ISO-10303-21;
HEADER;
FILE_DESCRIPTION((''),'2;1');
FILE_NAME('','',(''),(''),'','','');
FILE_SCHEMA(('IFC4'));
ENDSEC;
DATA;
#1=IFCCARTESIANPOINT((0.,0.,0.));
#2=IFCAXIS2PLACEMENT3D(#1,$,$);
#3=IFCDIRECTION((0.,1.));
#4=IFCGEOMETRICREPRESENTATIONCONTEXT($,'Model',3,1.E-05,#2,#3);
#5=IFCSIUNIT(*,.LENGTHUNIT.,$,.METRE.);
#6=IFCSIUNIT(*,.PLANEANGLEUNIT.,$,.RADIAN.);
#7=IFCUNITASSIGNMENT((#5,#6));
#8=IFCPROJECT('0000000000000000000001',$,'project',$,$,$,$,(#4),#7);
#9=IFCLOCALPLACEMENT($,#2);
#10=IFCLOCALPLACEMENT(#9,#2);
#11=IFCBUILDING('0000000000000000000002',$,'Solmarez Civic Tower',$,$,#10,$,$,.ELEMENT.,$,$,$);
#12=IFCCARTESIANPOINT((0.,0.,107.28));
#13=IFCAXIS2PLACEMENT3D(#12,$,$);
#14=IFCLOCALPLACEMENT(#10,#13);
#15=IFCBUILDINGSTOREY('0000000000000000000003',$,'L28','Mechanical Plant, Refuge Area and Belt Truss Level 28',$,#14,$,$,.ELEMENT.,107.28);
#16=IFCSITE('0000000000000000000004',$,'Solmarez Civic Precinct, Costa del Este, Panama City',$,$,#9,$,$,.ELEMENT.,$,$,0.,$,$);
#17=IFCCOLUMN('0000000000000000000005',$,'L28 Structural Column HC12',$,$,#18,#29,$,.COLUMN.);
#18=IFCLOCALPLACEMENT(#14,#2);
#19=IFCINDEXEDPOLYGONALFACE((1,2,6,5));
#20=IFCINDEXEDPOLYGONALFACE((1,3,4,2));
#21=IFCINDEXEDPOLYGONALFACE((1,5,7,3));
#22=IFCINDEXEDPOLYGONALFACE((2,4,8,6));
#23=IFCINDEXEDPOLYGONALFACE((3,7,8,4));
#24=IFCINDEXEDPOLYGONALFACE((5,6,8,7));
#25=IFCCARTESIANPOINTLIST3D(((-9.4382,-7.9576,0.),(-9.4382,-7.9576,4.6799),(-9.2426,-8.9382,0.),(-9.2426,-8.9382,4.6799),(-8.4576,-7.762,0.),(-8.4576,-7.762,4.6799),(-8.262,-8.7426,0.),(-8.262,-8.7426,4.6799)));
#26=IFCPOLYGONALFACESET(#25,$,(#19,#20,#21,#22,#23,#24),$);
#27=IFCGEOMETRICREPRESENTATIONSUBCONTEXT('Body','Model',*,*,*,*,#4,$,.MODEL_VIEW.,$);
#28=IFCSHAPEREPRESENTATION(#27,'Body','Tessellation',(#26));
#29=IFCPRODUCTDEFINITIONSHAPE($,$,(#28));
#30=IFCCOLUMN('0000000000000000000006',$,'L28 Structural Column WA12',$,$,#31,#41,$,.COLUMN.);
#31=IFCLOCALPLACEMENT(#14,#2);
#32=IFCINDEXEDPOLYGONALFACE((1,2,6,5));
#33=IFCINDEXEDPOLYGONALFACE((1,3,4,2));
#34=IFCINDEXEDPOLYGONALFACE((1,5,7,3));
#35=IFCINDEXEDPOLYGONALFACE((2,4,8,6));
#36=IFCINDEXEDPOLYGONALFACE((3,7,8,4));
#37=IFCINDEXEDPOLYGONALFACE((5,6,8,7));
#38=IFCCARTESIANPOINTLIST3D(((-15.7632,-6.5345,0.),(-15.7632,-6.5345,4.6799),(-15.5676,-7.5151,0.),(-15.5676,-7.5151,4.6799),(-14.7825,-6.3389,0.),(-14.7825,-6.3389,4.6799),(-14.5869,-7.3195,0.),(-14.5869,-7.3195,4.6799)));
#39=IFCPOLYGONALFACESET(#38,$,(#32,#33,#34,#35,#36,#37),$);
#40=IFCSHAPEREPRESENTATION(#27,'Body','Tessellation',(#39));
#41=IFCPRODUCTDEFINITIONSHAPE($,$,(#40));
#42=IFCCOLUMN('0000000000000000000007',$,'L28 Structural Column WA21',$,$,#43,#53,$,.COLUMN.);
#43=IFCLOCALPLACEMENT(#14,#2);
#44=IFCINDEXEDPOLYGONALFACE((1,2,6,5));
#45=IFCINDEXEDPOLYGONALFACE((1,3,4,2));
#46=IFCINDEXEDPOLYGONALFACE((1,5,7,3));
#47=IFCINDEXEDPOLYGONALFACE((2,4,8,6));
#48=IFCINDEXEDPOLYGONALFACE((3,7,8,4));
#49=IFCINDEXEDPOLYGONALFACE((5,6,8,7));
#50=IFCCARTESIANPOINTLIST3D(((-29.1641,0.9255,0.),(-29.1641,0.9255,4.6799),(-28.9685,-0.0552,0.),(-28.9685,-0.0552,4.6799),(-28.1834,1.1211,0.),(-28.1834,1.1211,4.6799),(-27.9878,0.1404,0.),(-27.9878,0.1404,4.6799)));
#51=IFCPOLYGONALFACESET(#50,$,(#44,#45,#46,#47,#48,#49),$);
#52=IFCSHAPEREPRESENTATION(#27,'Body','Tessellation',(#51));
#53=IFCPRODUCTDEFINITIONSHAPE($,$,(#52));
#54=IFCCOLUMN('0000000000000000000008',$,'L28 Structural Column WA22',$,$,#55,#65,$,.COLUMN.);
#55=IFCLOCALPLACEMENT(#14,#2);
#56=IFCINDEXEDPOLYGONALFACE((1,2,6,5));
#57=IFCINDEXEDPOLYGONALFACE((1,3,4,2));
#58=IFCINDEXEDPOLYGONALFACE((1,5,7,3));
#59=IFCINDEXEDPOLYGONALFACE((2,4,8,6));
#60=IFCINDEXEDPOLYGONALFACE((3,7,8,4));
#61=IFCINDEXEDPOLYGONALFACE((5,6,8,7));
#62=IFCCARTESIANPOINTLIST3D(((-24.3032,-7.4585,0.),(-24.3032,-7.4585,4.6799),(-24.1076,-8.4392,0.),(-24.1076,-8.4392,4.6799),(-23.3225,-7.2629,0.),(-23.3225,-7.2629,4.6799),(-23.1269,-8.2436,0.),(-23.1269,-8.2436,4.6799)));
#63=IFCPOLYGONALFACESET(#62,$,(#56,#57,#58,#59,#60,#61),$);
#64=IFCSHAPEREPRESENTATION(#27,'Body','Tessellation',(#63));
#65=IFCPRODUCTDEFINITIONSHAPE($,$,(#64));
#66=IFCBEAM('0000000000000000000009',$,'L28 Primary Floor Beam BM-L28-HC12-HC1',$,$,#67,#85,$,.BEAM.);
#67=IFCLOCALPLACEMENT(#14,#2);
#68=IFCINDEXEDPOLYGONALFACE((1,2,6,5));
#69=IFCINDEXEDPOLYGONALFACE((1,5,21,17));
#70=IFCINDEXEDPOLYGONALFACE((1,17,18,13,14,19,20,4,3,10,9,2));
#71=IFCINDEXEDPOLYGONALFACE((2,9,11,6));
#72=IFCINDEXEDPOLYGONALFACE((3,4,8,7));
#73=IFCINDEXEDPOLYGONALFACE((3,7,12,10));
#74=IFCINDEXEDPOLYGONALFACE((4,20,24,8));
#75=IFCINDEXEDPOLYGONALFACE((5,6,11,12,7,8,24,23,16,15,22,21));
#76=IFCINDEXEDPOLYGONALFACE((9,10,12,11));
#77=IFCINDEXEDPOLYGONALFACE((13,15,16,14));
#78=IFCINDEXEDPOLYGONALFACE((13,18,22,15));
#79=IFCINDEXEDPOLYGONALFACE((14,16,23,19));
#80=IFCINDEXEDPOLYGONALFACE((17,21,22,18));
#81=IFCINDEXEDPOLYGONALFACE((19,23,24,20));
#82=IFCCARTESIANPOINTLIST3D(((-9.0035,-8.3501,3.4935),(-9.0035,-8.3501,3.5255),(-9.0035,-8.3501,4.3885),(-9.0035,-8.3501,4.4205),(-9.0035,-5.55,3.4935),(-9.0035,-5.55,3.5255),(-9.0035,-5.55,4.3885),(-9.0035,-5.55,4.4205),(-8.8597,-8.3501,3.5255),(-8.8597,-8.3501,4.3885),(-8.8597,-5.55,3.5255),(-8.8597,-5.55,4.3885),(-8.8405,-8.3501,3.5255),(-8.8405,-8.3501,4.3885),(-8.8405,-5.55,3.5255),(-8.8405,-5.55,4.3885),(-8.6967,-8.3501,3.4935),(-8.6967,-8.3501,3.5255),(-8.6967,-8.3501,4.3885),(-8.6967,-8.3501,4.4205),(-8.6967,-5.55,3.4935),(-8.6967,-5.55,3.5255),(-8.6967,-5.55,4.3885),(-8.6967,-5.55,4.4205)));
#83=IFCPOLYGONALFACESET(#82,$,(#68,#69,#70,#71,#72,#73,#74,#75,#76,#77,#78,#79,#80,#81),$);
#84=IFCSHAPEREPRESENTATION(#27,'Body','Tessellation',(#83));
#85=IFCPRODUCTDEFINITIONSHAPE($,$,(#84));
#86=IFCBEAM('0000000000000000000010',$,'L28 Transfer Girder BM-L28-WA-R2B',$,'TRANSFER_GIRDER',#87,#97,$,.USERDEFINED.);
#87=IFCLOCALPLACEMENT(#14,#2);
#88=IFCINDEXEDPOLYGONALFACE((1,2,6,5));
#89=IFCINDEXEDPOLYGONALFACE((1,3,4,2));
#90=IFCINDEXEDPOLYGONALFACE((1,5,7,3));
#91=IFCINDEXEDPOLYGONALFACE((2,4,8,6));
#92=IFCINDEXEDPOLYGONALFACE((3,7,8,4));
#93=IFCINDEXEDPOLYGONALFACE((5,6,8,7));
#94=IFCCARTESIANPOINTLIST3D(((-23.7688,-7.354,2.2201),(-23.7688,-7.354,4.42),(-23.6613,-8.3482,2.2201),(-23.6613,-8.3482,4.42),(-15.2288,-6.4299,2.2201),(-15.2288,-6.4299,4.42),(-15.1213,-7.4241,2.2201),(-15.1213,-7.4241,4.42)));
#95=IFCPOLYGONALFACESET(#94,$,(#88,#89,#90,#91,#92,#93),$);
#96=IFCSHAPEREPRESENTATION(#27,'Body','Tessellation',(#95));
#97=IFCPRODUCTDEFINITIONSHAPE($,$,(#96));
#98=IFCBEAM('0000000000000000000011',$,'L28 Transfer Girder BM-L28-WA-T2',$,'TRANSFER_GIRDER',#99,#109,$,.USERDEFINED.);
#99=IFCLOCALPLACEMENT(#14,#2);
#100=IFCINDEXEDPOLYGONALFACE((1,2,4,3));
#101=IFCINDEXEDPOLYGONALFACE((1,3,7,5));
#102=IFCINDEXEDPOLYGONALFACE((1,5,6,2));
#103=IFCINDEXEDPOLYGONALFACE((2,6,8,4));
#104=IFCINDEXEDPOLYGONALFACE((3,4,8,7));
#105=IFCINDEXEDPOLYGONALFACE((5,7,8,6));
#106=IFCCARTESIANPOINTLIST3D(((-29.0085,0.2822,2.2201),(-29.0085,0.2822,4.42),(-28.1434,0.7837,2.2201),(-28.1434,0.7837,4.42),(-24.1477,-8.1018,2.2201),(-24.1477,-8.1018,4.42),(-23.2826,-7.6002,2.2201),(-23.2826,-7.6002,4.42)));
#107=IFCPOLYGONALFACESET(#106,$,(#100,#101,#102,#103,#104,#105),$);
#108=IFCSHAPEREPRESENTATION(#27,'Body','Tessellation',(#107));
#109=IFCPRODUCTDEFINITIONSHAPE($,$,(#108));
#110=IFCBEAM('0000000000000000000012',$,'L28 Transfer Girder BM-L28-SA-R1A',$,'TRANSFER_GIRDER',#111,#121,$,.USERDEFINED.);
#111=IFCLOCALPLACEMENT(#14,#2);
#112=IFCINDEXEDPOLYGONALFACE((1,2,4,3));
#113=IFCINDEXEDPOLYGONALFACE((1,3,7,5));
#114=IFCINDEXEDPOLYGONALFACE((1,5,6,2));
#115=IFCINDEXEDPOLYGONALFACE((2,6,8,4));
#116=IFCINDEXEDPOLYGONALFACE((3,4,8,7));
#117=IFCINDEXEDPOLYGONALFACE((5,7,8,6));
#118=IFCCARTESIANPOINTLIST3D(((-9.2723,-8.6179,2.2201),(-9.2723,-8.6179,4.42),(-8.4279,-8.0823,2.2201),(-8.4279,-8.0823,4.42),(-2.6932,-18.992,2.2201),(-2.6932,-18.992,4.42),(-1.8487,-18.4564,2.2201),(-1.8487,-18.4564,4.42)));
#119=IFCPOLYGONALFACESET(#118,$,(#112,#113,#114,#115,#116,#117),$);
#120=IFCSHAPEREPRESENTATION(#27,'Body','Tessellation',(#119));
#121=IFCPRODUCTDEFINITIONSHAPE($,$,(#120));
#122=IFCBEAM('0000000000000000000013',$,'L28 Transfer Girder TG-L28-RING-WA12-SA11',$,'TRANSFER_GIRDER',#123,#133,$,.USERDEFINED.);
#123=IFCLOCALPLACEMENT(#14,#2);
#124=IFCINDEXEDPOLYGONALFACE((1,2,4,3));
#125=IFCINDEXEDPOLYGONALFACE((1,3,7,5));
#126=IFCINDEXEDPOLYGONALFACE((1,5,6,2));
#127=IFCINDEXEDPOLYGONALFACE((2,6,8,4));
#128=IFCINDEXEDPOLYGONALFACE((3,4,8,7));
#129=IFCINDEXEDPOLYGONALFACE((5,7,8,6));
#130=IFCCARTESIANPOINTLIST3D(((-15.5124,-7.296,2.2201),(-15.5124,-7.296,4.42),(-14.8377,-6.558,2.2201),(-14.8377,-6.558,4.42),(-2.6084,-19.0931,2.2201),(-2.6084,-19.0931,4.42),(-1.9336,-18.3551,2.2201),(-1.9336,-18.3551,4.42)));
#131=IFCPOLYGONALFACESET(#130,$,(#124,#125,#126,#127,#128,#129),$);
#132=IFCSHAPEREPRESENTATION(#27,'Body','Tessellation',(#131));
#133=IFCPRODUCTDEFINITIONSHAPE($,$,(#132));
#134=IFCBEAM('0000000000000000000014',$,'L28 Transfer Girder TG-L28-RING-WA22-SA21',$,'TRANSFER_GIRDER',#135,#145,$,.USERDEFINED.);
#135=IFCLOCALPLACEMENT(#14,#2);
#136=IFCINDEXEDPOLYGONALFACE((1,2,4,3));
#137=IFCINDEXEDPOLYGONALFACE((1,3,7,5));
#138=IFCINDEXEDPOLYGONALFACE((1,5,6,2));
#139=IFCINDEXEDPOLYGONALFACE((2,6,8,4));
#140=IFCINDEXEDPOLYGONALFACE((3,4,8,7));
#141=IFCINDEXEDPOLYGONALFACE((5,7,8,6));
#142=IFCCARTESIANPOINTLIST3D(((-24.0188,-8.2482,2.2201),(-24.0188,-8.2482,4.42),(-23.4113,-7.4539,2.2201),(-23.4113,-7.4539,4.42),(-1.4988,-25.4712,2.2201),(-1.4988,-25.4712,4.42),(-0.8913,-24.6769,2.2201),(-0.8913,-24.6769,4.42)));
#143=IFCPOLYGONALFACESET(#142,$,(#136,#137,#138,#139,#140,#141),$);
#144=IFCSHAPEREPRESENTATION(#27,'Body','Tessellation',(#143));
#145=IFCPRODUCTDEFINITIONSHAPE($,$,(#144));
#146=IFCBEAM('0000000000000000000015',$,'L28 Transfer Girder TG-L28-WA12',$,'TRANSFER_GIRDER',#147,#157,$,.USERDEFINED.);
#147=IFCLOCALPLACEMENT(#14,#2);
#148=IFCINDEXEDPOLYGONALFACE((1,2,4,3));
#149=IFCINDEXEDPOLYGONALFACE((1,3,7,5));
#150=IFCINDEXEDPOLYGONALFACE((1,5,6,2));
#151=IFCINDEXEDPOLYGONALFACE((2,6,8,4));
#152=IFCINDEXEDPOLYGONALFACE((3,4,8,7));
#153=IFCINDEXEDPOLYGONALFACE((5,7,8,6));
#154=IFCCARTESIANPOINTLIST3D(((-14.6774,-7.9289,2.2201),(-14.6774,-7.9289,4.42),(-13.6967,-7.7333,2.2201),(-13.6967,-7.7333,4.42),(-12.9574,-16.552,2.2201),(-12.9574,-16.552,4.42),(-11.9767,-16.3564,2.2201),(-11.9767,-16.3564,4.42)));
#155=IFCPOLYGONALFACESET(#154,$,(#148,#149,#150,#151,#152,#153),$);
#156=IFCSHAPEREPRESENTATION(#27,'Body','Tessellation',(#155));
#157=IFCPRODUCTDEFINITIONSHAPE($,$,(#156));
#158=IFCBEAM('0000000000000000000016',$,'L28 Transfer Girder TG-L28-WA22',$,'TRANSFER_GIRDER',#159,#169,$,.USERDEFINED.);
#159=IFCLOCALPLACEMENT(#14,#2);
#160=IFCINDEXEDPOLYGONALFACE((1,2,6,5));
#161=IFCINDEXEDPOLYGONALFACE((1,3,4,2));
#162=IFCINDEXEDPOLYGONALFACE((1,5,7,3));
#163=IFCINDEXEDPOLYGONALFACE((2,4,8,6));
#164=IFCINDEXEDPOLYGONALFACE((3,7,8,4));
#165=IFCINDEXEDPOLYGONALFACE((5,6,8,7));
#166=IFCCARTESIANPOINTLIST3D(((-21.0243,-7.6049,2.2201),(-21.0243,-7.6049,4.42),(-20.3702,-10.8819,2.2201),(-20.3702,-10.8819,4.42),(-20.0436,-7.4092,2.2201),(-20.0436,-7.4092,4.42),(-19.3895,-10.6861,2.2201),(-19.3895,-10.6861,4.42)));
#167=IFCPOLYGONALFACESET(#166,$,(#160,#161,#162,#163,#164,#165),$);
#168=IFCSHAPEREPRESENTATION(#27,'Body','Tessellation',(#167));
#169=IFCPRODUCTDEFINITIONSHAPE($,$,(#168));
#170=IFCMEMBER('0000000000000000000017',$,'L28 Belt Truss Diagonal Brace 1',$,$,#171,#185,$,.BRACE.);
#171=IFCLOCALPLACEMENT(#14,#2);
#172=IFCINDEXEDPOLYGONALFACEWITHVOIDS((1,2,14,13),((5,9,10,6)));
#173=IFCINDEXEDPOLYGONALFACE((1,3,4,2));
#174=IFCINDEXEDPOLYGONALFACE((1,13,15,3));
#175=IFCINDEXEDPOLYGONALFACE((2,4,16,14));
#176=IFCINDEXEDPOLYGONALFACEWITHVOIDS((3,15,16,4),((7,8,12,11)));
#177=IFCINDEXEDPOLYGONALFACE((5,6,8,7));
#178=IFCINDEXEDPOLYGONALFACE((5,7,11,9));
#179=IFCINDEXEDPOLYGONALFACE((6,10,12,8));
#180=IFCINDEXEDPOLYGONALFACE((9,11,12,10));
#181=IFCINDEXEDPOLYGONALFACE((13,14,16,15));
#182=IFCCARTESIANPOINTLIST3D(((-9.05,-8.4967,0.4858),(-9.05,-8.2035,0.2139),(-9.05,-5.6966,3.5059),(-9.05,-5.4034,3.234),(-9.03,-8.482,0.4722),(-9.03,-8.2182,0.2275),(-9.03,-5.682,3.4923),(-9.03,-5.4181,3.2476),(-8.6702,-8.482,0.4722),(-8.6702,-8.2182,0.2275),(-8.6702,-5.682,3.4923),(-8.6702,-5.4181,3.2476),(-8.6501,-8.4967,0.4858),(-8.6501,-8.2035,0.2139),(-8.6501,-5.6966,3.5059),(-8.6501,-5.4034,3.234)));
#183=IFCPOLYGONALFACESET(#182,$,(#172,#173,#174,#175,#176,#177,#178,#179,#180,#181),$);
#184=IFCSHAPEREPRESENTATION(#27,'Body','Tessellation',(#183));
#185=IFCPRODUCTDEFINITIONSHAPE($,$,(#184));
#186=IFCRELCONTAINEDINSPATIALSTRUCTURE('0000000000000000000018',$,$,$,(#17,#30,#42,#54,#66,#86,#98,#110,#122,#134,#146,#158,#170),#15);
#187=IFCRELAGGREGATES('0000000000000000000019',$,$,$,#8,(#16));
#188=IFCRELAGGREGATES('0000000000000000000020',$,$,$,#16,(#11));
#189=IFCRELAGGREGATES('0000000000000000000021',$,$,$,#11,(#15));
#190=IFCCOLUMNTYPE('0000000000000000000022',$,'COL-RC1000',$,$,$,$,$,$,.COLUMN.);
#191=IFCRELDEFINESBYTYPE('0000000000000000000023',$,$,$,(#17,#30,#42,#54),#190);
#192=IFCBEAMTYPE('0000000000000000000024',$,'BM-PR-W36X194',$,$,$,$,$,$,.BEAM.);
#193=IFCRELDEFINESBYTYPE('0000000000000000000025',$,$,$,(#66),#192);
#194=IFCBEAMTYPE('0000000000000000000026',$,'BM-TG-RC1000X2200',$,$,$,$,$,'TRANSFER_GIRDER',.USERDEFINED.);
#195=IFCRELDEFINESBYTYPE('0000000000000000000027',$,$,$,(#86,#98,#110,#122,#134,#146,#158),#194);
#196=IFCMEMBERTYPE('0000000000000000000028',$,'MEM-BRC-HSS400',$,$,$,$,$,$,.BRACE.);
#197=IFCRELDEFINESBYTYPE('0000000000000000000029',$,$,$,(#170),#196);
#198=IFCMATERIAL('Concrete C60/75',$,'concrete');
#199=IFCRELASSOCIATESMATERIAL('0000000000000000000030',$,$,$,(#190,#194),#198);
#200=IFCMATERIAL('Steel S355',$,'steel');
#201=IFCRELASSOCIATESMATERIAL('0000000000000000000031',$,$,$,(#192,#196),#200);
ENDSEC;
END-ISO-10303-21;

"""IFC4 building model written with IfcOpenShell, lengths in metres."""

from ifc_helpers import new_model, si_unit, direction, frame, origin, origin_2d, place, context, subcontext, project, spatial, rectangle, hollow_rectangle, i_section, extrude, material, material_profile, profile_set, type_object, element, save


model = new_model("IFC4")

# Units and contexts
model_context = context("Model", 3, precision=1e-05, world=origin(), true_north=direction((0.0, 1.0)))
body_context = subcontext(model_context, "Body", "Model", "MODEL_VIEW")
ifc_project = project(units=[si_unit("LENGTHUNIT", "METRE"), si_unit("PLANEANGLEUNIT", "RADIAN")], contexts=[model_context])

# Site, building, storey
site_placement = place(None, origin())
site = spatial("IfcSite", under=ifc_project, at=site_placement, Name="Solmarez Civic Precinct, Costa del Este, Panama City", CompositionType="ELEMENT", RefElevation=0.0)
building_placement = place(site_placement, origin())
building = spatial("IfcBuilding", under=site, at=building_placement, Name="Solmarez Civic Tower", CompositionType="ELEMENT")
storey_placement = place(building_placement, frame((0.0, 0.0, 107.28)))
storey = spatial("IfcBuildingStorey", under=building, at=storey_placement, Name="L28", Description="Mechanical Plant, Refuge Area and Belt Truss Level 28", CompositionType="ELEMENT", Elevation=107.28)

# Columns
ifc_material_1 = material(Name="Concrete C60/75", Category="concrete")
ifc_material_profile_1 = material_profile(ifc_material_1, rectangle(XDim=1.0, YDim=1.0, at=origin_2d()), Name="RC1000X1000")
ifc_profile_set_1 = profile_set([ifc_material_profile_1], Name="Concrete C60/75")
column_type = type_object("IfcColumnType", Name="COL-RC1000", PredefinedType="COLUMN", material=ifc_profile_set_1)
for number, where, z_axis, x_axis, name in (
    (1, (-8.8501, -8.3501, 0.0), (0.0, 0.0, 1.0), (0.980683, 0.195604, 0.0), "L28 Structural Column HC12"),
    (2, (-15.175, -6.927, 0.0), (0.0, 0.0, 1.0), (0.980683, 0.195604, 0.0), "L28 Structural Column WA12"),
    (3, (-28.5759, 0.533, 0.0), (0.0, 0.0, 1.0), (0.980683, 0.195604, 0.0), "L28 Structural Column WA21"),
    (4, (-23.7151, -7.8511, 0.0), (0.0, 0.0, 1.0), (0.980683, 0.195604, 0.0), "L28 Structural Column WA22"),
):
    element("IfcColumn", number, at=place(storey_placement, frame(where, z_axis=z_axis, x_axis=x_axis)), inside=storey, type_object=column_type, Name=name, PredefinedType="COLUMN", context=body_context, shape_type="SweptSolid", body=[
        extrude(rectangle(XDim=1.0, YDim=1.0, at=origin_2d()), origin(), (0.0, 0.0, 1.0), 4.6799),
    ])

# Beams
ifc_material_2 = material(Name="Steel S355", Category="steel")
ifc_material_profile_2 = material_profile(ifc_material_2, i_section(OverallWidth=0.3069, OverallDepth=0.927, WebThickness=0.0193, FlangeThickness=0.032, at=origin_2d()), Name="W36X194")
ifc_profile_set_2 = profile_set([ifc_material_profile_2], Name="Steel S355")
beam_type_1 = type_object("IfcBeamType", Name="BM-PR-W36X194", PredefinedType="BEAM", material=ifc_profile_set_2)
beam_1_placement = place(storey_placement, frame((-8.8501, -8.3501, 3.957), z_axis=(0.0, 1.0, 0.0), x_axis=(-1.0, 0.0, 0.0)))
element("IfcBeam", 5, at=beam_1_placement, inside=storey, type_object=beam_type_1, Name="L28 Primary Floor Beam BM-L28-HC12-HC1", PredefinedType="BEAM", context=body_context, shape_type="SweptSolid", body=[
    extrude(i_section(OverallWidth=0.3069, OverallDepth=0.927, WebThickness=0.0193, FlangeThickness=0.032, at=origin_2d()), origin(), (0.0, 0.0, 1.0), 2.8),
])
ifc_material_profile_3 = material_profile(ifc_material_1, rectangle(XDim=1.0, YDim=2.2, at=origin_2d()), Name="RC1000X2200")
ifc_profile_set_3 = profile_set([ifc_material_profile_3], Name="Concrete C60/75")
beam_type_2 = type_object("IfcBeamType", Name="BM-TG-RC1000X2200", ElementType="TRANSFER_GIRDER", PredefinedType="USERDEFINED", material=ifc_profile_set_3)
beam_2_placement = place(storey_placement, frame((-15.175, -6.927, 3.3201), z_axis=(-0.994197, -0.107577, 0.0), x_axis=(0.107577, -0.994197, 0.0)))
element("IfcBeam", 6, at=beam_2_placement, inside=storey, type_object=beam_type_2, Name="L28 Transfer Girder BM-L28-WA-R2B", ObjectType="TRANSFER_GIRDER", PredefinedType="USERDEFINED", context=body_context, shape_type="SweptSolid", body=[
    extrude(rectangle(XDim=1.0, YDim=2.2, at=origin_2d()), origin(), (0.0, 0.0, 1.0), 8.5898),
])
beam_3_placement = place(storey_placement, frame((-28.5759, 0.533, 3.3201), z_axis=(0.501571, -0.865116, 0.0), x_axis=(0.865116, 0.501571, 0.0)))
element("IfcBeam", 7, at=beam_3_placement, inside=storey, type_object=beam_type_2, Name="L28 Transfer Girder BM-L28-WA-T2", ObjectType="TRANSFER_GIRDER", PredefinedType="USERDEFINED", context=body_context, shape_type="SweptSolid", body=[
    extrude(rectangle(XDim=1.0, YDim=2.2, at=origin_2d()), origin(), (0.0, 0.0, 1.0), 9.6912),
])
beam_4_placement = place(storey_placement, frame((-8.8501, -8.3501, 3.3201), z_axis=(0.535568, -0.844492, 0.0), x_axis=(0.844492, 0.535568, 0.0)))
element("IfcBeam", 8, at=beam_4_placement, inside=storey, type_object=beam_type_2, Name="L28 Transfer Girder BM-L28-SA-R1A", ObjectType="TRANSFER_GIRDER", PredefinedType="USERDEFINED", context=body_context, shape_type="SweptSolid", body=[
    extrude(rectangle(XDim=1.0, YDim=2.2, at=origin_2d()), origin(), (0.0, 0.0, 1.0), 12.2844),
])
beam_5_placement = place(storey_placement, frame((-15.175, -6.927, 3.3201), z_axis=(0.738054, -0.674742, 0.0), x_axis=(0.674742, 0.738054, 0.0)))
element("IfcBeam", 9, at=beam_5_placement, inside=storey, type_object=beam_type_2, Name="L28 Transfer Girder TG-L28-RING-WA12-SA11", ObjectType="TRANSFER_GIRDER", PredefinedType="USERDEFINED", context=body_context, shape_type="SweptSolid", body=[
    extrude(rectangle(XDim=1.0, YDim=2.2, at=origin_2d()), origin(), (0.0, 0.0, 1.0), 17.4839),
])
beam_6_placement = place(storey_placement, frame((-23.7151, -7.8511, 3.3201), z_axis=(0.794329, -0.607488, 0.0), x_axis=(0.607488, 0.794329, 0.0)))
element("IfcBeam", 10, at=beam_6_placement, inside=storey, type_object=beam_type_2, Name="L28 Transfer Girder TG-L28-RING-WA22-SA21", ObjectType="TRANSFER_GIRDER", PredefinedType="USERDEFINED", context=body_context, shape_type="SweptSolid", body=[
    extrude(rectangle(XDim=1.0, YDim=2.2, at=origin_2d()), origin(), (0.0, 0.0, 1.0), 28.3511),
])
beam_7_placement = place(storey_placement, frame((-14.187, -7.8311, 3.3201), z_axis=(0.195609, -0.980682, 0.0), x_axis=(0.980682, 0.195609, 0.0)))
element("IfcBeam", 11, at=beam_7_placement, inside=storey, type_object=beam_type_2, Name="L28 Transfer Girder TG-L28-WA12", ObjectType="TRANSFER_GIRDER", PredefinedType="USERDEFINED", context=body_context, shape_type="SweptSolid", body=[
    extrude(rectangle(XDim=1.0, YDim=2.2, at=origin_2d()), origin(), (0.0, 0.0, 1.0), 8.793),
])
beam_8_placement = place(storey_placement, frame((-20.5339, -7.5071, 3.3201), z_axis=(0.195737, -0.980656, 0.0), x_axis=(0.980656, 0.195737, 0.0)))
element("IfcBeam", 12, at=beam_8_placement, inside=storey, type_object=beam_type_2, Name="L28 Transfer Girder TG-L28-WA22", ObjectType="TRANSFER_GIRDER", PredefinedType="USERDEFINED", context=body_context, shape_type="SweptSolid", body=[
    extrude(rectangle(XDim=1.0, YDim=2.2, at=origin_2d()), origin(), (0.0, 0.0, 1.0), 3.3416),
])

# Member
ifc_material_profile_4 = material_profile(ifc_material_2, hollow_rectangle(XDim=0.3999, YDim=0.3999, WallThickness=0.02, at=origin_2d()), Name="HSS400X400X20")
ifc_profile_set_4 = profile_set([ifc_material_profile_4], Name="Steel S355")
member_type_1 = type_object("IfcMemberType", Name="MEM-BRC-HSS400", PredefinedType="BRACE", material=ifc_profile_set_4)
member_1_placement = place(storey_placement, frame((-8.8501, -8.3501, 0.3499), z_axis=(0.0, 0.679896, 0.733308), x_axis=(-1.0, 0.0, 0.0)))
element("IfcMember", 13, at=member_1_placement, inside=storey, type_object=member_type_1, Name="L28 Belt Truss Diagonal Brace 1", PredefinedType="BRACE", context=body_context, shape_type="SweptSolid", body=[
    extrude(hollow_rectangle(XDim=0.3999, YDim=0.3999, WallThickness=0.02, at=origin_2d()), origin(), (0.0, 0.0, 1.0), 4.1184),
])

save(model, "model.ifc")
